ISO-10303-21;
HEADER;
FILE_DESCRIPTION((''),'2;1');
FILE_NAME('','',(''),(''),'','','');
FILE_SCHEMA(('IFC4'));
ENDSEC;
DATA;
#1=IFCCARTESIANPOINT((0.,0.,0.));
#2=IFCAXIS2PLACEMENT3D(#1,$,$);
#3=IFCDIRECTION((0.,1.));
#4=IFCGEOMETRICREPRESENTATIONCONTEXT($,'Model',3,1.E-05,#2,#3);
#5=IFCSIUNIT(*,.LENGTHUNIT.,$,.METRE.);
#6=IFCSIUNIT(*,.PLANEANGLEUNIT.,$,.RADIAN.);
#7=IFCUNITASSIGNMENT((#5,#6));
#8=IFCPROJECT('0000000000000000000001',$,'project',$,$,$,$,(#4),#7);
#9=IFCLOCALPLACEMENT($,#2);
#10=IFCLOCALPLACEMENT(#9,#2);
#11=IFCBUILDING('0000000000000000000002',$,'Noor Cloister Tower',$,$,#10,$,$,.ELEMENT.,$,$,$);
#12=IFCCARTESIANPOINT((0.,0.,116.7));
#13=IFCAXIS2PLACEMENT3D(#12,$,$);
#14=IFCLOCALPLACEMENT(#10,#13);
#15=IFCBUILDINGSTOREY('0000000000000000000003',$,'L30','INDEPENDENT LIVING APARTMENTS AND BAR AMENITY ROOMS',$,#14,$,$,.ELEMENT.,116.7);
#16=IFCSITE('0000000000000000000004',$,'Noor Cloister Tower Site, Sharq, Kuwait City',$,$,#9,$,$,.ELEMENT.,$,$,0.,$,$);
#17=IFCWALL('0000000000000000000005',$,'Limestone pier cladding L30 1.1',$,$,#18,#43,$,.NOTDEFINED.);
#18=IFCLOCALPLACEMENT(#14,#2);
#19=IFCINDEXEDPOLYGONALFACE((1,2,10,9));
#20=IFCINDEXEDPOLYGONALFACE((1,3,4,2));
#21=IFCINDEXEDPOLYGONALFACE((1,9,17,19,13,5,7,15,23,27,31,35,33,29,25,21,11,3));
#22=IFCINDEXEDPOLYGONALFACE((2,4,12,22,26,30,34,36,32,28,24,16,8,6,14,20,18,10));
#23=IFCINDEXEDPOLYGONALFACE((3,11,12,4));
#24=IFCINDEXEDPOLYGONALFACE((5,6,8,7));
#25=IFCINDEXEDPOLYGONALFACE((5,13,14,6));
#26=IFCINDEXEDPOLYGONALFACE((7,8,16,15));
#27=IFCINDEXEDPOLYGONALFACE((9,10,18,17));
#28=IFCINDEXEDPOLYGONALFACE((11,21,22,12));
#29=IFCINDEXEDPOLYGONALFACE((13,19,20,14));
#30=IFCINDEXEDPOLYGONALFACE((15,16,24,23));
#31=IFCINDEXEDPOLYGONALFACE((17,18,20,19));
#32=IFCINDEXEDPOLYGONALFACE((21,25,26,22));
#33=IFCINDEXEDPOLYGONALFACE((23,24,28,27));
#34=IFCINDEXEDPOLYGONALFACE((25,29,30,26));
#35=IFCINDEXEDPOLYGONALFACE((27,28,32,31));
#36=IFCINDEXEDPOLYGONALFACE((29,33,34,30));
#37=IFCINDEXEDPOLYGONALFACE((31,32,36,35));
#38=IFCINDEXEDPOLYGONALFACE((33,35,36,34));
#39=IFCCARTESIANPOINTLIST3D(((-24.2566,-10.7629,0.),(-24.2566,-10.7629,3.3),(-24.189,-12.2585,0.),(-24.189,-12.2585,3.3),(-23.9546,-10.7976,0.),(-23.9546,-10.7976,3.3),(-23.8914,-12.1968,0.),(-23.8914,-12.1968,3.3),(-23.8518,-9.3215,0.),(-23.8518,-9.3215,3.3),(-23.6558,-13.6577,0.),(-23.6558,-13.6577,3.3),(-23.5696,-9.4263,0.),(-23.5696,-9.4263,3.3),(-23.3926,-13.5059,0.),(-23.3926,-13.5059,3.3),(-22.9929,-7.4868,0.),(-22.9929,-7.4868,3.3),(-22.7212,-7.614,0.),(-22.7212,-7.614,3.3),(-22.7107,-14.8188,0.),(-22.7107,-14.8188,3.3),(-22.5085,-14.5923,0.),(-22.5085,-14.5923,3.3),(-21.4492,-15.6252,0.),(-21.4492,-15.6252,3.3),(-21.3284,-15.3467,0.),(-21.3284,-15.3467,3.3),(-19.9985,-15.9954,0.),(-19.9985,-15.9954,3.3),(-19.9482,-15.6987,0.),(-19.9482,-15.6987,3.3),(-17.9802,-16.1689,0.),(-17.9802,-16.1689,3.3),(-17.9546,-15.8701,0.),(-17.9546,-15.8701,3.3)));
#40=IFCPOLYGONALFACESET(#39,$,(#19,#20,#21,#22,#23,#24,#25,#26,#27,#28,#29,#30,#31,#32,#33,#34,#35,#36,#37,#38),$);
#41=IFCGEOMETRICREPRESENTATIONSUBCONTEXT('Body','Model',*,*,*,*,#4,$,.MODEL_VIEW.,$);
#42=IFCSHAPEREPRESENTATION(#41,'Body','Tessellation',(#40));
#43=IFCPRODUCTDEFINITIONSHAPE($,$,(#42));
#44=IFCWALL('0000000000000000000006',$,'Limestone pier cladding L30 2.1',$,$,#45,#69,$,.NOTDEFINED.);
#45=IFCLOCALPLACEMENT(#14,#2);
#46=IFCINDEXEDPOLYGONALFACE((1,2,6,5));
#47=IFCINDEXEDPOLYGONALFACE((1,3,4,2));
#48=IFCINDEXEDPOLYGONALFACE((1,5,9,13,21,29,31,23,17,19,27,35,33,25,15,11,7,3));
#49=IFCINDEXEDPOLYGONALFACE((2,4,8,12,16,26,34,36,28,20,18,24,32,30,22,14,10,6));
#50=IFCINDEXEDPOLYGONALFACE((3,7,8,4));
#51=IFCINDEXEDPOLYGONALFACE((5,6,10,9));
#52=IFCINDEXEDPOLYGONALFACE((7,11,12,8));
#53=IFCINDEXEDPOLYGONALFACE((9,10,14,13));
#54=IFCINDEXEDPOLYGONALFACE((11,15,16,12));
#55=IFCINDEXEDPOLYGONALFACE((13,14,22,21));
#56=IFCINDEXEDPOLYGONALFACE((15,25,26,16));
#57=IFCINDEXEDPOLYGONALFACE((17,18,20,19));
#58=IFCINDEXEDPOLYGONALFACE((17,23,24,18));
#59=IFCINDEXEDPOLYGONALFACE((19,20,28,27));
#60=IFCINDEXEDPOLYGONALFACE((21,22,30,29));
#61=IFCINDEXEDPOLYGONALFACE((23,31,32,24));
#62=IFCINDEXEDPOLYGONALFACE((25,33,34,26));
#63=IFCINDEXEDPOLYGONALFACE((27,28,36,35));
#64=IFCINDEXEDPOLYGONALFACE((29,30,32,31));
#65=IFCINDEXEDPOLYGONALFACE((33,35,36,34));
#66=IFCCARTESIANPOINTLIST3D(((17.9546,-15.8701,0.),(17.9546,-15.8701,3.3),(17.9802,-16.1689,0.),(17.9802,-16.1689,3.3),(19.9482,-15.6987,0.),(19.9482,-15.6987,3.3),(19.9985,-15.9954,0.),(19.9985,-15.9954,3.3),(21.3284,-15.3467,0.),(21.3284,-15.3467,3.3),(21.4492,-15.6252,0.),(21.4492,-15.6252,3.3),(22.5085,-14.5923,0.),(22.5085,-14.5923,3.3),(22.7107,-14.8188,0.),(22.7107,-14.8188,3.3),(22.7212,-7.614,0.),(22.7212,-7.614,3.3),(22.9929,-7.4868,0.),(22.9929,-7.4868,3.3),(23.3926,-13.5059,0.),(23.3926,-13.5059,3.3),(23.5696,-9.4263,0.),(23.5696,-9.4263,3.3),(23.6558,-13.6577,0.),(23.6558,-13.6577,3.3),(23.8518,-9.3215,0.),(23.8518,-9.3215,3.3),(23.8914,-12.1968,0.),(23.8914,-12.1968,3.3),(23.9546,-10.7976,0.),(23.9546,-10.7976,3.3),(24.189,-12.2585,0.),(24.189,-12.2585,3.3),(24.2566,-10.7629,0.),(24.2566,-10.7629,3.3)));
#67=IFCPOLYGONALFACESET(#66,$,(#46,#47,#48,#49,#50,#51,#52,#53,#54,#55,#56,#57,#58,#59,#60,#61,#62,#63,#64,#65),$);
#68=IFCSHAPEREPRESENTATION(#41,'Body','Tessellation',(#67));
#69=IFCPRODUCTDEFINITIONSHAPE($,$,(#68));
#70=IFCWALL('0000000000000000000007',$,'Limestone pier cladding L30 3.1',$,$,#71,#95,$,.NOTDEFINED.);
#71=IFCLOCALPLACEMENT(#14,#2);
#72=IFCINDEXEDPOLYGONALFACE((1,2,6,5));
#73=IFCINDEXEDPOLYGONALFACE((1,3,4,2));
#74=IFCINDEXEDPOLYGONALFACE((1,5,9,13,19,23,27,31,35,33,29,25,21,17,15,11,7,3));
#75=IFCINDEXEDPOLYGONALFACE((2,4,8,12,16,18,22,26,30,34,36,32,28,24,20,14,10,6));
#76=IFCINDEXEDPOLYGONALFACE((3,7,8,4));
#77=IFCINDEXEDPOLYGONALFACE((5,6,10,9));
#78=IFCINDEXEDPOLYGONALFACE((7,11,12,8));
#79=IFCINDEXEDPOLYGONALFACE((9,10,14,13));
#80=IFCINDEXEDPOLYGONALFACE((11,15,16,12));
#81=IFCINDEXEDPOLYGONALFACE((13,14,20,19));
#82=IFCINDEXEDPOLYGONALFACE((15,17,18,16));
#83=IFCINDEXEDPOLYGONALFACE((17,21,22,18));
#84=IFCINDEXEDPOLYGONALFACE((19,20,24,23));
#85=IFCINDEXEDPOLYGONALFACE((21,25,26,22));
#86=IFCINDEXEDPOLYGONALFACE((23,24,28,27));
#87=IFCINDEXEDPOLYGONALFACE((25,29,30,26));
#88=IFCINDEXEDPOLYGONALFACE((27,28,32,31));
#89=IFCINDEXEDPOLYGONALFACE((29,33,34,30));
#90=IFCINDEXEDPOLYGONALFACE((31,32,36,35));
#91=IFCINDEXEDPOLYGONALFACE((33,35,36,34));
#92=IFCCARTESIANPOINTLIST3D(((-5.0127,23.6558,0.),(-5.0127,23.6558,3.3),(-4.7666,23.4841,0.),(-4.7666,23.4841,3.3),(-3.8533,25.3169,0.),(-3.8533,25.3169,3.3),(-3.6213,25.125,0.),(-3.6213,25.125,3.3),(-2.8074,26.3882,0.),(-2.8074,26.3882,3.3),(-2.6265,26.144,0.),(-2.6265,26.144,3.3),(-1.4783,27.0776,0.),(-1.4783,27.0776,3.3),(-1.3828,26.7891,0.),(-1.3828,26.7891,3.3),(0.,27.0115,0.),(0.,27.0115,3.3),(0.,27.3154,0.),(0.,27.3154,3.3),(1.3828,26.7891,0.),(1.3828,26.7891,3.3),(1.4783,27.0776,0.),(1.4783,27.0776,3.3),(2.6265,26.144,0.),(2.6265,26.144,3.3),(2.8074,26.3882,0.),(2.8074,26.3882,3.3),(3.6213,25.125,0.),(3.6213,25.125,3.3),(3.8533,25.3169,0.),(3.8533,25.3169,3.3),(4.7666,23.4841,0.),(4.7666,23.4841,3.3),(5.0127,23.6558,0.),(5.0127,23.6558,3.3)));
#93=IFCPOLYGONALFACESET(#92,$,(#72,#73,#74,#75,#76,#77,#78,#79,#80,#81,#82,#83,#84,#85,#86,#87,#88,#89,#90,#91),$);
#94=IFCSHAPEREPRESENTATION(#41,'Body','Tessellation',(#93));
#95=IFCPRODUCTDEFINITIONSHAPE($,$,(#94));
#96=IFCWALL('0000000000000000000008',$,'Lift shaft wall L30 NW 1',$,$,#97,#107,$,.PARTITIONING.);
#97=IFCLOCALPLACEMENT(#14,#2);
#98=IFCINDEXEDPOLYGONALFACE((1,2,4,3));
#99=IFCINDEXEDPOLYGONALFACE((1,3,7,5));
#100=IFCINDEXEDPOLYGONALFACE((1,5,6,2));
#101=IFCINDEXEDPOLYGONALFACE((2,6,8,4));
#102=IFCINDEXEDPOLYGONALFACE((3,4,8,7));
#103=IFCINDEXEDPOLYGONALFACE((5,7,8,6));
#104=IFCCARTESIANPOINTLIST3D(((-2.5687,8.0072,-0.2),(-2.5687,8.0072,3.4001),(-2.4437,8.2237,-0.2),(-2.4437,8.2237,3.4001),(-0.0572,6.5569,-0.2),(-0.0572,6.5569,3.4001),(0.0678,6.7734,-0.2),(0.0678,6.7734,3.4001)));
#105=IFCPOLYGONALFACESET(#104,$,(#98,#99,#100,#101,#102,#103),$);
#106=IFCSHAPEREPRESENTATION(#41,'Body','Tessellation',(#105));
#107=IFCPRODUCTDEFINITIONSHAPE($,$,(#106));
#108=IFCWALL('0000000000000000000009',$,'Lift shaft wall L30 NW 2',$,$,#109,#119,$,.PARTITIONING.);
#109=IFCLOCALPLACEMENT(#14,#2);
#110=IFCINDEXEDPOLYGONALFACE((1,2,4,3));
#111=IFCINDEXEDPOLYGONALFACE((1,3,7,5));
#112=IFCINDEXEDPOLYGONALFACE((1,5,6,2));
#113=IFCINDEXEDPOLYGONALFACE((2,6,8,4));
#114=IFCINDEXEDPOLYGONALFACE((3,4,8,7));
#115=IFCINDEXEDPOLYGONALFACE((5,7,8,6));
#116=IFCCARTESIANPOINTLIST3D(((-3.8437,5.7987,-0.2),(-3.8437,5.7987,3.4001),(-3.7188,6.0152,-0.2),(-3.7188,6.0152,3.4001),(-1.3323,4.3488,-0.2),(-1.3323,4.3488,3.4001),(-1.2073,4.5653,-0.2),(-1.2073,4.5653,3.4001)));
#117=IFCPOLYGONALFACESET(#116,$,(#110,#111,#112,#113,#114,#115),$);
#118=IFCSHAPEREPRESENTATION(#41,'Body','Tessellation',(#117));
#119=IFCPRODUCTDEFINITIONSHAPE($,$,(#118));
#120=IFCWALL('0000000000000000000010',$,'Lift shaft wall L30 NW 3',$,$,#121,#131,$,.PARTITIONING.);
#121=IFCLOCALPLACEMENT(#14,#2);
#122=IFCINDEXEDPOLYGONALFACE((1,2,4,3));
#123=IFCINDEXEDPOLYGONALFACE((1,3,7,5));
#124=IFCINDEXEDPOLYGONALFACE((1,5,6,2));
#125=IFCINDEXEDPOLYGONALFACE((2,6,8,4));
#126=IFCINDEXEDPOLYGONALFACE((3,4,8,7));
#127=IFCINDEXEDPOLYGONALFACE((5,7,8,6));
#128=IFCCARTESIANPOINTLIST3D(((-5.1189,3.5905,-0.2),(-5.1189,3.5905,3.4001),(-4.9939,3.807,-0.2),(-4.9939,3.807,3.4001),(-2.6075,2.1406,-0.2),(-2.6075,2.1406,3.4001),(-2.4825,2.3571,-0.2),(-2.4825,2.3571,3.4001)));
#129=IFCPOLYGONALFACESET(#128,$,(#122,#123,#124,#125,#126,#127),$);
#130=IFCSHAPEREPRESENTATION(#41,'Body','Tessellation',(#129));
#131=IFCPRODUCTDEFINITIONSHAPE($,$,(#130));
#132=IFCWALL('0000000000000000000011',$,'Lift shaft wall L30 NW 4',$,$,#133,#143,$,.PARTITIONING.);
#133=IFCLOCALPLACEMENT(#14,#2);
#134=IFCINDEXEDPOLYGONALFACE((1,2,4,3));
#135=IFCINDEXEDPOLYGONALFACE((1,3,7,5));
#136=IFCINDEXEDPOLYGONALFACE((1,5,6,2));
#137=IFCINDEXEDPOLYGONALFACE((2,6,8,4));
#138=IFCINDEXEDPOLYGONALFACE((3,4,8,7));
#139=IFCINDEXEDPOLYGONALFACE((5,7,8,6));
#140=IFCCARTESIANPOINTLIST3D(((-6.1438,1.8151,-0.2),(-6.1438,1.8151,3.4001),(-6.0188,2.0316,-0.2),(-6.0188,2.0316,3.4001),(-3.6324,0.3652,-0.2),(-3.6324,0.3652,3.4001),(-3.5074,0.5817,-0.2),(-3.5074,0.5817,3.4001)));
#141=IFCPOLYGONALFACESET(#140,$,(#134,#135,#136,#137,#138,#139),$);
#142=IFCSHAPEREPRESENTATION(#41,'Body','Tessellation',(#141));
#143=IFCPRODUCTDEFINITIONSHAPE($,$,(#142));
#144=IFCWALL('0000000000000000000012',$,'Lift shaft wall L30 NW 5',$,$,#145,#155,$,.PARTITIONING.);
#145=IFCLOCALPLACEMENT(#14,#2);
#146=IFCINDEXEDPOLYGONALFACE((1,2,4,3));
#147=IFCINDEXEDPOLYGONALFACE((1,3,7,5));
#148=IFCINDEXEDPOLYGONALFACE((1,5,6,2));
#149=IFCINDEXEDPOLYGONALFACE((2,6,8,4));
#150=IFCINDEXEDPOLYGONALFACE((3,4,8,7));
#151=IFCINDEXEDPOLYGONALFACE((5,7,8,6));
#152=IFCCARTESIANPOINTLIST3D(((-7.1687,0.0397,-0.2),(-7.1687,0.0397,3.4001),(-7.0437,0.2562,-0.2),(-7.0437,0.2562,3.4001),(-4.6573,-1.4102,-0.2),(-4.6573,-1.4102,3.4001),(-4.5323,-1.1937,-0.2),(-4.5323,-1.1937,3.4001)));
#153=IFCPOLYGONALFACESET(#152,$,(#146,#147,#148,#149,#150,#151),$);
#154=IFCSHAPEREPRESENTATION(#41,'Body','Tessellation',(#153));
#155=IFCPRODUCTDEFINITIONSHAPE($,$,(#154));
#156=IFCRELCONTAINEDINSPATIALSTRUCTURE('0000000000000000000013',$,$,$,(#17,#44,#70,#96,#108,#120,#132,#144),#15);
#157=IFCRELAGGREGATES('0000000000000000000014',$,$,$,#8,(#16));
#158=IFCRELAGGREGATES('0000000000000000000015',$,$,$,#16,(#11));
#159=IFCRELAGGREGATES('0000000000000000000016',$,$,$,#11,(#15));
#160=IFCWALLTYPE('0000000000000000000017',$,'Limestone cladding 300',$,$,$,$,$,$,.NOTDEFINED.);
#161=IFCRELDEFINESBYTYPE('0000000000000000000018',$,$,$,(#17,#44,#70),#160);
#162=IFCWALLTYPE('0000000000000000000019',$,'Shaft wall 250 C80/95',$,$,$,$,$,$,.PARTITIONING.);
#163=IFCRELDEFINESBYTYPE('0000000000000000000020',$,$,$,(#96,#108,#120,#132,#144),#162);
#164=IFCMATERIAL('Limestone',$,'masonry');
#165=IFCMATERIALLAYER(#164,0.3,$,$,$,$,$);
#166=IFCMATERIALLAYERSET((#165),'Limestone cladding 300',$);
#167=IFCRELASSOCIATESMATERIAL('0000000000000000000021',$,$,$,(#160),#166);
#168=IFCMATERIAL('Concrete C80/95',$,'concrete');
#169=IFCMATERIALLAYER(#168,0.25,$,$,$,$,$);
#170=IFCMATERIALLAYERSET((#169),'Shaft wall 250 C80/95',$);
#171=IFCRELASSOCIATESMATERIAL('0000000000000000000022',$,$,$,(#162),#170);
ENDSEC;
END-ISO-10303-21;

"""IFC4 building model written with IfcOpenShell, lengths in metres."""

from ifc_helpers import new_model, si_unit, direction, frame, frame_2d, origin, place, context, subcontext, project, spatial, polyline, rectangle, outline, extrude, material, layer, layer_set, type_object, element, save


model = new_model("IFC4")

# Units and contexts
model_context = context("Model", 3, precision=1e-05, world=origin(), true_north=direction((0.0, 1.0)))
body_context = subcontext(model_context, "Body", "Model", "MODEL_VIEW")
ifc_project = project(units=[si_unit("LENGTHUNIT", "METRE"), si_unit("PLANEANGLEUNIT", "RADIAN")], contexts=[model_context])

# Site, building, storey
site_placement = place(None, origin())
site = spatial("IfcSite", under=ifc_project, at=site_placement, Name="Noor Cloister Tower Site, Sharq, Kuwait City", CompositionType="ELEMENT", RefElevation=0.0)
building_placement = place(site_placement, origin())
building = spatial("IfcBuilding", under=site, at=building_placement, Name="Noor Cloister Tower", CompositionType="ELEMENT")
storey_placement = place(building_placement, frame((0.0, 0.0, 116.7)))
storey = spatial("IfcBuildingStorey", under=building, at=storey_placement, Name="L30", Description="INDEPENDENT LIVING APARTMENTS AND BAR AMENITY ROOMS", CompositionType="ELEMENT", Elevation=116.7)

# Walls
ifc_material_1 = material(Name="Limestone", Category="masonry")
ifc_layer_1 = layer(ifc_material_1, 0.3)
ifc_layer_set_1 = layer_set([ifc_layer_1], Name="Limestone cladding 300")
wall_type_1 = type_object("IfcWallType", Name="Limestone cladding 300", PredefinedType="NOTDEFINED", material=ifc_layer_set_1)
wall_1_placement = place(storey_placement, origin())
element("IfcWall", 1, at=wall_1_placement, inside=storey, type_object=wall_type_1, Name="Limestone pier cladding L30 1.1", PredefinedType="NOTDEFINED", context=body_context, shape_type="SweptSolid", body=[
    extrude(outline(polyline([(-22.9929, -7.4868), (-23.8518, -9.3215), (-24.2566, -10.7629), (-24.189, -12.2585), (-23.6558, -13.6577), (-22.7107, -14.8188), (-21.4492, -15.6252), (-19.9985, -15.9954), (-17.9802, -16.1689), (-17.9546, -15.8701), (-19.9482, -15.6987), (-21.3284, -15.3467), (-22.5085, -14.5923), (-23.3926, -13.5059), (-23.8914, -12.1968), (-23.9546, -10.7976), (-23.5696, -9.4263), (-22.7212, -7.614), (-22.9929, -7.4868)])), origin(), (0.0, 0.0, 1.0), 3.3),
])
wall_2_placement = place(storey_placement, origin())
element("IfcWall", 2, at=wall_2_placement, inside=storey, type_object=wall_type_1, Name="Limestone pier cladding L30 2.1", PredefinedType="NOTDEFINED", context=body_context, shape_type="SweptSolid", body=[
    extrude(outline(polyline([(17.9802, -16.1689), (19.9985, -15.9954), (21.4492, -15.6252), (22.7107, -14.8188), (23.6558, -13.6577), (24.189, -12.2585), (24.2566, -10.7629), (23.8518, -9.3215), (22.9929, -7.4868), (22.7212, -7.614), (23.5696, -9.4263), (23.9546, -10.7976), (23.8914, -12.1968), (23.3926, -13.5059), (22.5085, -14.5923), (21.3284, -15.3467), (19.9482, -15.6987), (17.9546, -15.8701), (17.9802, -16.1689)])), origin(), (0.0, 0.0, 1.0), 3.3),
])
wall_3_placement = place(storey_placement, origin())
element("IfcWall", 3, at=wall_3_placement, inside=storey, type_object=wall_type_1, Name="Limestone pier cladding L30 3.1", PredefinedType="NOTDEFINED", context=body_context, shape_type="SweptSolid", body=[
    extrude(outline(polyline([(5.0127, 23.6558), (3.8533, 25.3169), (2.8074, 26.3882), (1.4783, 27.0776), (0.0, 27.3154), (-1.4783, 27.0776), (-2.8074, 26.3882), (-3.8533, 25.3169), (-5.0127, 23.6558), (-4.7666, 23.4841), (-3.6213, 25.125), (-2.6265, 26.144), (-1.3828, 26.7891), (0.0, 27.0115), (1.3828, 26.7891), (2.6265, 26.144), (3.6213, 25.125), (4.7666, 23.4841), (5.0127, 23.6558)])), origin(), (0.0, 0.0, 1.0), 3.3),
])
ifc_material_2 = material(Name="Concrete C80/95", Category="concrete")
ifc_layer_2 = layer(ifc_material_2, 0.25)
ifc_layer_set_2 = layer_set([ifc_layer_2], Name="Shaft wall 250 C80/95")
wall_type_2 = type_object("IfcWallType", Name="Shaft wall 250 C80/95", PredefinedType="PARTITIONING", material=ifc_layer_set_2)
wall_4_placement = place(storey_placement, frame((-2.5063, 8.1155, -0.2), z_axis=(0.0, 0.0, 1.0), x_axis=(0.865996, -0.50005, 0.0)))
element("IfcWall", 4, at=wall_4_placement, inside=storey, type_object=wall_type_2, Name="Lift shaft wall L30 NW 1", PredefinedType="PARTITIONING", context=body_context, shape_type="SweptSolid", body=[
    extrude(rectangle(XDim=2.9001, YDim=0.25, at=frame_2d((1.4502, 0.0))), origin(), (0.0, 0.0, 1.0), 3.6001),
])
for number, where, z_axis, x_axis, name in (
    (5, (-3.7812, 5.907, -0.2), (0.0, 0.0, 1.0), (0.866033, -0.499987, 0.0), "Lift shaft wall L30 NW 2"),
    (6, (-5.0564, 3.6987, -0.2), (0.0, 0.0, 1.0), (0.866033, -0.499987, 0.0), "Lift shaft wall L30 NW 3"),
    (7, (-6.0813, 1.9233, -0.2), (0.0, 0.0, 1.0), (0.866033, -0.499987, 0.0), "Lift shaft wall L30 NW 4"),
    (8, (-7.1062, 0.1479, -0.2), (0.0, 0.0, 1.0), (0.866033, -0.499987, 0.0), "Lift shaft wall L30 NW 5"),
):
    element("IfcWall", number, at=place(storey_placement, frame(where, z_axis=z_axis, x_axis=x_axis)), inside=storey, type_object=wall_type_2, Name=name, PredefinedType="PARTITIONING", context=body_context, shape_type="SweptSolid", body=[
        extrude(rectangle(XDim=2.8999, YDim=0.25, at=frame_2d((1.45, 0.0))), origin(), (0.0, 0.0, 1.0), 3.6001),
    ])

save(model, "model.ifc")
